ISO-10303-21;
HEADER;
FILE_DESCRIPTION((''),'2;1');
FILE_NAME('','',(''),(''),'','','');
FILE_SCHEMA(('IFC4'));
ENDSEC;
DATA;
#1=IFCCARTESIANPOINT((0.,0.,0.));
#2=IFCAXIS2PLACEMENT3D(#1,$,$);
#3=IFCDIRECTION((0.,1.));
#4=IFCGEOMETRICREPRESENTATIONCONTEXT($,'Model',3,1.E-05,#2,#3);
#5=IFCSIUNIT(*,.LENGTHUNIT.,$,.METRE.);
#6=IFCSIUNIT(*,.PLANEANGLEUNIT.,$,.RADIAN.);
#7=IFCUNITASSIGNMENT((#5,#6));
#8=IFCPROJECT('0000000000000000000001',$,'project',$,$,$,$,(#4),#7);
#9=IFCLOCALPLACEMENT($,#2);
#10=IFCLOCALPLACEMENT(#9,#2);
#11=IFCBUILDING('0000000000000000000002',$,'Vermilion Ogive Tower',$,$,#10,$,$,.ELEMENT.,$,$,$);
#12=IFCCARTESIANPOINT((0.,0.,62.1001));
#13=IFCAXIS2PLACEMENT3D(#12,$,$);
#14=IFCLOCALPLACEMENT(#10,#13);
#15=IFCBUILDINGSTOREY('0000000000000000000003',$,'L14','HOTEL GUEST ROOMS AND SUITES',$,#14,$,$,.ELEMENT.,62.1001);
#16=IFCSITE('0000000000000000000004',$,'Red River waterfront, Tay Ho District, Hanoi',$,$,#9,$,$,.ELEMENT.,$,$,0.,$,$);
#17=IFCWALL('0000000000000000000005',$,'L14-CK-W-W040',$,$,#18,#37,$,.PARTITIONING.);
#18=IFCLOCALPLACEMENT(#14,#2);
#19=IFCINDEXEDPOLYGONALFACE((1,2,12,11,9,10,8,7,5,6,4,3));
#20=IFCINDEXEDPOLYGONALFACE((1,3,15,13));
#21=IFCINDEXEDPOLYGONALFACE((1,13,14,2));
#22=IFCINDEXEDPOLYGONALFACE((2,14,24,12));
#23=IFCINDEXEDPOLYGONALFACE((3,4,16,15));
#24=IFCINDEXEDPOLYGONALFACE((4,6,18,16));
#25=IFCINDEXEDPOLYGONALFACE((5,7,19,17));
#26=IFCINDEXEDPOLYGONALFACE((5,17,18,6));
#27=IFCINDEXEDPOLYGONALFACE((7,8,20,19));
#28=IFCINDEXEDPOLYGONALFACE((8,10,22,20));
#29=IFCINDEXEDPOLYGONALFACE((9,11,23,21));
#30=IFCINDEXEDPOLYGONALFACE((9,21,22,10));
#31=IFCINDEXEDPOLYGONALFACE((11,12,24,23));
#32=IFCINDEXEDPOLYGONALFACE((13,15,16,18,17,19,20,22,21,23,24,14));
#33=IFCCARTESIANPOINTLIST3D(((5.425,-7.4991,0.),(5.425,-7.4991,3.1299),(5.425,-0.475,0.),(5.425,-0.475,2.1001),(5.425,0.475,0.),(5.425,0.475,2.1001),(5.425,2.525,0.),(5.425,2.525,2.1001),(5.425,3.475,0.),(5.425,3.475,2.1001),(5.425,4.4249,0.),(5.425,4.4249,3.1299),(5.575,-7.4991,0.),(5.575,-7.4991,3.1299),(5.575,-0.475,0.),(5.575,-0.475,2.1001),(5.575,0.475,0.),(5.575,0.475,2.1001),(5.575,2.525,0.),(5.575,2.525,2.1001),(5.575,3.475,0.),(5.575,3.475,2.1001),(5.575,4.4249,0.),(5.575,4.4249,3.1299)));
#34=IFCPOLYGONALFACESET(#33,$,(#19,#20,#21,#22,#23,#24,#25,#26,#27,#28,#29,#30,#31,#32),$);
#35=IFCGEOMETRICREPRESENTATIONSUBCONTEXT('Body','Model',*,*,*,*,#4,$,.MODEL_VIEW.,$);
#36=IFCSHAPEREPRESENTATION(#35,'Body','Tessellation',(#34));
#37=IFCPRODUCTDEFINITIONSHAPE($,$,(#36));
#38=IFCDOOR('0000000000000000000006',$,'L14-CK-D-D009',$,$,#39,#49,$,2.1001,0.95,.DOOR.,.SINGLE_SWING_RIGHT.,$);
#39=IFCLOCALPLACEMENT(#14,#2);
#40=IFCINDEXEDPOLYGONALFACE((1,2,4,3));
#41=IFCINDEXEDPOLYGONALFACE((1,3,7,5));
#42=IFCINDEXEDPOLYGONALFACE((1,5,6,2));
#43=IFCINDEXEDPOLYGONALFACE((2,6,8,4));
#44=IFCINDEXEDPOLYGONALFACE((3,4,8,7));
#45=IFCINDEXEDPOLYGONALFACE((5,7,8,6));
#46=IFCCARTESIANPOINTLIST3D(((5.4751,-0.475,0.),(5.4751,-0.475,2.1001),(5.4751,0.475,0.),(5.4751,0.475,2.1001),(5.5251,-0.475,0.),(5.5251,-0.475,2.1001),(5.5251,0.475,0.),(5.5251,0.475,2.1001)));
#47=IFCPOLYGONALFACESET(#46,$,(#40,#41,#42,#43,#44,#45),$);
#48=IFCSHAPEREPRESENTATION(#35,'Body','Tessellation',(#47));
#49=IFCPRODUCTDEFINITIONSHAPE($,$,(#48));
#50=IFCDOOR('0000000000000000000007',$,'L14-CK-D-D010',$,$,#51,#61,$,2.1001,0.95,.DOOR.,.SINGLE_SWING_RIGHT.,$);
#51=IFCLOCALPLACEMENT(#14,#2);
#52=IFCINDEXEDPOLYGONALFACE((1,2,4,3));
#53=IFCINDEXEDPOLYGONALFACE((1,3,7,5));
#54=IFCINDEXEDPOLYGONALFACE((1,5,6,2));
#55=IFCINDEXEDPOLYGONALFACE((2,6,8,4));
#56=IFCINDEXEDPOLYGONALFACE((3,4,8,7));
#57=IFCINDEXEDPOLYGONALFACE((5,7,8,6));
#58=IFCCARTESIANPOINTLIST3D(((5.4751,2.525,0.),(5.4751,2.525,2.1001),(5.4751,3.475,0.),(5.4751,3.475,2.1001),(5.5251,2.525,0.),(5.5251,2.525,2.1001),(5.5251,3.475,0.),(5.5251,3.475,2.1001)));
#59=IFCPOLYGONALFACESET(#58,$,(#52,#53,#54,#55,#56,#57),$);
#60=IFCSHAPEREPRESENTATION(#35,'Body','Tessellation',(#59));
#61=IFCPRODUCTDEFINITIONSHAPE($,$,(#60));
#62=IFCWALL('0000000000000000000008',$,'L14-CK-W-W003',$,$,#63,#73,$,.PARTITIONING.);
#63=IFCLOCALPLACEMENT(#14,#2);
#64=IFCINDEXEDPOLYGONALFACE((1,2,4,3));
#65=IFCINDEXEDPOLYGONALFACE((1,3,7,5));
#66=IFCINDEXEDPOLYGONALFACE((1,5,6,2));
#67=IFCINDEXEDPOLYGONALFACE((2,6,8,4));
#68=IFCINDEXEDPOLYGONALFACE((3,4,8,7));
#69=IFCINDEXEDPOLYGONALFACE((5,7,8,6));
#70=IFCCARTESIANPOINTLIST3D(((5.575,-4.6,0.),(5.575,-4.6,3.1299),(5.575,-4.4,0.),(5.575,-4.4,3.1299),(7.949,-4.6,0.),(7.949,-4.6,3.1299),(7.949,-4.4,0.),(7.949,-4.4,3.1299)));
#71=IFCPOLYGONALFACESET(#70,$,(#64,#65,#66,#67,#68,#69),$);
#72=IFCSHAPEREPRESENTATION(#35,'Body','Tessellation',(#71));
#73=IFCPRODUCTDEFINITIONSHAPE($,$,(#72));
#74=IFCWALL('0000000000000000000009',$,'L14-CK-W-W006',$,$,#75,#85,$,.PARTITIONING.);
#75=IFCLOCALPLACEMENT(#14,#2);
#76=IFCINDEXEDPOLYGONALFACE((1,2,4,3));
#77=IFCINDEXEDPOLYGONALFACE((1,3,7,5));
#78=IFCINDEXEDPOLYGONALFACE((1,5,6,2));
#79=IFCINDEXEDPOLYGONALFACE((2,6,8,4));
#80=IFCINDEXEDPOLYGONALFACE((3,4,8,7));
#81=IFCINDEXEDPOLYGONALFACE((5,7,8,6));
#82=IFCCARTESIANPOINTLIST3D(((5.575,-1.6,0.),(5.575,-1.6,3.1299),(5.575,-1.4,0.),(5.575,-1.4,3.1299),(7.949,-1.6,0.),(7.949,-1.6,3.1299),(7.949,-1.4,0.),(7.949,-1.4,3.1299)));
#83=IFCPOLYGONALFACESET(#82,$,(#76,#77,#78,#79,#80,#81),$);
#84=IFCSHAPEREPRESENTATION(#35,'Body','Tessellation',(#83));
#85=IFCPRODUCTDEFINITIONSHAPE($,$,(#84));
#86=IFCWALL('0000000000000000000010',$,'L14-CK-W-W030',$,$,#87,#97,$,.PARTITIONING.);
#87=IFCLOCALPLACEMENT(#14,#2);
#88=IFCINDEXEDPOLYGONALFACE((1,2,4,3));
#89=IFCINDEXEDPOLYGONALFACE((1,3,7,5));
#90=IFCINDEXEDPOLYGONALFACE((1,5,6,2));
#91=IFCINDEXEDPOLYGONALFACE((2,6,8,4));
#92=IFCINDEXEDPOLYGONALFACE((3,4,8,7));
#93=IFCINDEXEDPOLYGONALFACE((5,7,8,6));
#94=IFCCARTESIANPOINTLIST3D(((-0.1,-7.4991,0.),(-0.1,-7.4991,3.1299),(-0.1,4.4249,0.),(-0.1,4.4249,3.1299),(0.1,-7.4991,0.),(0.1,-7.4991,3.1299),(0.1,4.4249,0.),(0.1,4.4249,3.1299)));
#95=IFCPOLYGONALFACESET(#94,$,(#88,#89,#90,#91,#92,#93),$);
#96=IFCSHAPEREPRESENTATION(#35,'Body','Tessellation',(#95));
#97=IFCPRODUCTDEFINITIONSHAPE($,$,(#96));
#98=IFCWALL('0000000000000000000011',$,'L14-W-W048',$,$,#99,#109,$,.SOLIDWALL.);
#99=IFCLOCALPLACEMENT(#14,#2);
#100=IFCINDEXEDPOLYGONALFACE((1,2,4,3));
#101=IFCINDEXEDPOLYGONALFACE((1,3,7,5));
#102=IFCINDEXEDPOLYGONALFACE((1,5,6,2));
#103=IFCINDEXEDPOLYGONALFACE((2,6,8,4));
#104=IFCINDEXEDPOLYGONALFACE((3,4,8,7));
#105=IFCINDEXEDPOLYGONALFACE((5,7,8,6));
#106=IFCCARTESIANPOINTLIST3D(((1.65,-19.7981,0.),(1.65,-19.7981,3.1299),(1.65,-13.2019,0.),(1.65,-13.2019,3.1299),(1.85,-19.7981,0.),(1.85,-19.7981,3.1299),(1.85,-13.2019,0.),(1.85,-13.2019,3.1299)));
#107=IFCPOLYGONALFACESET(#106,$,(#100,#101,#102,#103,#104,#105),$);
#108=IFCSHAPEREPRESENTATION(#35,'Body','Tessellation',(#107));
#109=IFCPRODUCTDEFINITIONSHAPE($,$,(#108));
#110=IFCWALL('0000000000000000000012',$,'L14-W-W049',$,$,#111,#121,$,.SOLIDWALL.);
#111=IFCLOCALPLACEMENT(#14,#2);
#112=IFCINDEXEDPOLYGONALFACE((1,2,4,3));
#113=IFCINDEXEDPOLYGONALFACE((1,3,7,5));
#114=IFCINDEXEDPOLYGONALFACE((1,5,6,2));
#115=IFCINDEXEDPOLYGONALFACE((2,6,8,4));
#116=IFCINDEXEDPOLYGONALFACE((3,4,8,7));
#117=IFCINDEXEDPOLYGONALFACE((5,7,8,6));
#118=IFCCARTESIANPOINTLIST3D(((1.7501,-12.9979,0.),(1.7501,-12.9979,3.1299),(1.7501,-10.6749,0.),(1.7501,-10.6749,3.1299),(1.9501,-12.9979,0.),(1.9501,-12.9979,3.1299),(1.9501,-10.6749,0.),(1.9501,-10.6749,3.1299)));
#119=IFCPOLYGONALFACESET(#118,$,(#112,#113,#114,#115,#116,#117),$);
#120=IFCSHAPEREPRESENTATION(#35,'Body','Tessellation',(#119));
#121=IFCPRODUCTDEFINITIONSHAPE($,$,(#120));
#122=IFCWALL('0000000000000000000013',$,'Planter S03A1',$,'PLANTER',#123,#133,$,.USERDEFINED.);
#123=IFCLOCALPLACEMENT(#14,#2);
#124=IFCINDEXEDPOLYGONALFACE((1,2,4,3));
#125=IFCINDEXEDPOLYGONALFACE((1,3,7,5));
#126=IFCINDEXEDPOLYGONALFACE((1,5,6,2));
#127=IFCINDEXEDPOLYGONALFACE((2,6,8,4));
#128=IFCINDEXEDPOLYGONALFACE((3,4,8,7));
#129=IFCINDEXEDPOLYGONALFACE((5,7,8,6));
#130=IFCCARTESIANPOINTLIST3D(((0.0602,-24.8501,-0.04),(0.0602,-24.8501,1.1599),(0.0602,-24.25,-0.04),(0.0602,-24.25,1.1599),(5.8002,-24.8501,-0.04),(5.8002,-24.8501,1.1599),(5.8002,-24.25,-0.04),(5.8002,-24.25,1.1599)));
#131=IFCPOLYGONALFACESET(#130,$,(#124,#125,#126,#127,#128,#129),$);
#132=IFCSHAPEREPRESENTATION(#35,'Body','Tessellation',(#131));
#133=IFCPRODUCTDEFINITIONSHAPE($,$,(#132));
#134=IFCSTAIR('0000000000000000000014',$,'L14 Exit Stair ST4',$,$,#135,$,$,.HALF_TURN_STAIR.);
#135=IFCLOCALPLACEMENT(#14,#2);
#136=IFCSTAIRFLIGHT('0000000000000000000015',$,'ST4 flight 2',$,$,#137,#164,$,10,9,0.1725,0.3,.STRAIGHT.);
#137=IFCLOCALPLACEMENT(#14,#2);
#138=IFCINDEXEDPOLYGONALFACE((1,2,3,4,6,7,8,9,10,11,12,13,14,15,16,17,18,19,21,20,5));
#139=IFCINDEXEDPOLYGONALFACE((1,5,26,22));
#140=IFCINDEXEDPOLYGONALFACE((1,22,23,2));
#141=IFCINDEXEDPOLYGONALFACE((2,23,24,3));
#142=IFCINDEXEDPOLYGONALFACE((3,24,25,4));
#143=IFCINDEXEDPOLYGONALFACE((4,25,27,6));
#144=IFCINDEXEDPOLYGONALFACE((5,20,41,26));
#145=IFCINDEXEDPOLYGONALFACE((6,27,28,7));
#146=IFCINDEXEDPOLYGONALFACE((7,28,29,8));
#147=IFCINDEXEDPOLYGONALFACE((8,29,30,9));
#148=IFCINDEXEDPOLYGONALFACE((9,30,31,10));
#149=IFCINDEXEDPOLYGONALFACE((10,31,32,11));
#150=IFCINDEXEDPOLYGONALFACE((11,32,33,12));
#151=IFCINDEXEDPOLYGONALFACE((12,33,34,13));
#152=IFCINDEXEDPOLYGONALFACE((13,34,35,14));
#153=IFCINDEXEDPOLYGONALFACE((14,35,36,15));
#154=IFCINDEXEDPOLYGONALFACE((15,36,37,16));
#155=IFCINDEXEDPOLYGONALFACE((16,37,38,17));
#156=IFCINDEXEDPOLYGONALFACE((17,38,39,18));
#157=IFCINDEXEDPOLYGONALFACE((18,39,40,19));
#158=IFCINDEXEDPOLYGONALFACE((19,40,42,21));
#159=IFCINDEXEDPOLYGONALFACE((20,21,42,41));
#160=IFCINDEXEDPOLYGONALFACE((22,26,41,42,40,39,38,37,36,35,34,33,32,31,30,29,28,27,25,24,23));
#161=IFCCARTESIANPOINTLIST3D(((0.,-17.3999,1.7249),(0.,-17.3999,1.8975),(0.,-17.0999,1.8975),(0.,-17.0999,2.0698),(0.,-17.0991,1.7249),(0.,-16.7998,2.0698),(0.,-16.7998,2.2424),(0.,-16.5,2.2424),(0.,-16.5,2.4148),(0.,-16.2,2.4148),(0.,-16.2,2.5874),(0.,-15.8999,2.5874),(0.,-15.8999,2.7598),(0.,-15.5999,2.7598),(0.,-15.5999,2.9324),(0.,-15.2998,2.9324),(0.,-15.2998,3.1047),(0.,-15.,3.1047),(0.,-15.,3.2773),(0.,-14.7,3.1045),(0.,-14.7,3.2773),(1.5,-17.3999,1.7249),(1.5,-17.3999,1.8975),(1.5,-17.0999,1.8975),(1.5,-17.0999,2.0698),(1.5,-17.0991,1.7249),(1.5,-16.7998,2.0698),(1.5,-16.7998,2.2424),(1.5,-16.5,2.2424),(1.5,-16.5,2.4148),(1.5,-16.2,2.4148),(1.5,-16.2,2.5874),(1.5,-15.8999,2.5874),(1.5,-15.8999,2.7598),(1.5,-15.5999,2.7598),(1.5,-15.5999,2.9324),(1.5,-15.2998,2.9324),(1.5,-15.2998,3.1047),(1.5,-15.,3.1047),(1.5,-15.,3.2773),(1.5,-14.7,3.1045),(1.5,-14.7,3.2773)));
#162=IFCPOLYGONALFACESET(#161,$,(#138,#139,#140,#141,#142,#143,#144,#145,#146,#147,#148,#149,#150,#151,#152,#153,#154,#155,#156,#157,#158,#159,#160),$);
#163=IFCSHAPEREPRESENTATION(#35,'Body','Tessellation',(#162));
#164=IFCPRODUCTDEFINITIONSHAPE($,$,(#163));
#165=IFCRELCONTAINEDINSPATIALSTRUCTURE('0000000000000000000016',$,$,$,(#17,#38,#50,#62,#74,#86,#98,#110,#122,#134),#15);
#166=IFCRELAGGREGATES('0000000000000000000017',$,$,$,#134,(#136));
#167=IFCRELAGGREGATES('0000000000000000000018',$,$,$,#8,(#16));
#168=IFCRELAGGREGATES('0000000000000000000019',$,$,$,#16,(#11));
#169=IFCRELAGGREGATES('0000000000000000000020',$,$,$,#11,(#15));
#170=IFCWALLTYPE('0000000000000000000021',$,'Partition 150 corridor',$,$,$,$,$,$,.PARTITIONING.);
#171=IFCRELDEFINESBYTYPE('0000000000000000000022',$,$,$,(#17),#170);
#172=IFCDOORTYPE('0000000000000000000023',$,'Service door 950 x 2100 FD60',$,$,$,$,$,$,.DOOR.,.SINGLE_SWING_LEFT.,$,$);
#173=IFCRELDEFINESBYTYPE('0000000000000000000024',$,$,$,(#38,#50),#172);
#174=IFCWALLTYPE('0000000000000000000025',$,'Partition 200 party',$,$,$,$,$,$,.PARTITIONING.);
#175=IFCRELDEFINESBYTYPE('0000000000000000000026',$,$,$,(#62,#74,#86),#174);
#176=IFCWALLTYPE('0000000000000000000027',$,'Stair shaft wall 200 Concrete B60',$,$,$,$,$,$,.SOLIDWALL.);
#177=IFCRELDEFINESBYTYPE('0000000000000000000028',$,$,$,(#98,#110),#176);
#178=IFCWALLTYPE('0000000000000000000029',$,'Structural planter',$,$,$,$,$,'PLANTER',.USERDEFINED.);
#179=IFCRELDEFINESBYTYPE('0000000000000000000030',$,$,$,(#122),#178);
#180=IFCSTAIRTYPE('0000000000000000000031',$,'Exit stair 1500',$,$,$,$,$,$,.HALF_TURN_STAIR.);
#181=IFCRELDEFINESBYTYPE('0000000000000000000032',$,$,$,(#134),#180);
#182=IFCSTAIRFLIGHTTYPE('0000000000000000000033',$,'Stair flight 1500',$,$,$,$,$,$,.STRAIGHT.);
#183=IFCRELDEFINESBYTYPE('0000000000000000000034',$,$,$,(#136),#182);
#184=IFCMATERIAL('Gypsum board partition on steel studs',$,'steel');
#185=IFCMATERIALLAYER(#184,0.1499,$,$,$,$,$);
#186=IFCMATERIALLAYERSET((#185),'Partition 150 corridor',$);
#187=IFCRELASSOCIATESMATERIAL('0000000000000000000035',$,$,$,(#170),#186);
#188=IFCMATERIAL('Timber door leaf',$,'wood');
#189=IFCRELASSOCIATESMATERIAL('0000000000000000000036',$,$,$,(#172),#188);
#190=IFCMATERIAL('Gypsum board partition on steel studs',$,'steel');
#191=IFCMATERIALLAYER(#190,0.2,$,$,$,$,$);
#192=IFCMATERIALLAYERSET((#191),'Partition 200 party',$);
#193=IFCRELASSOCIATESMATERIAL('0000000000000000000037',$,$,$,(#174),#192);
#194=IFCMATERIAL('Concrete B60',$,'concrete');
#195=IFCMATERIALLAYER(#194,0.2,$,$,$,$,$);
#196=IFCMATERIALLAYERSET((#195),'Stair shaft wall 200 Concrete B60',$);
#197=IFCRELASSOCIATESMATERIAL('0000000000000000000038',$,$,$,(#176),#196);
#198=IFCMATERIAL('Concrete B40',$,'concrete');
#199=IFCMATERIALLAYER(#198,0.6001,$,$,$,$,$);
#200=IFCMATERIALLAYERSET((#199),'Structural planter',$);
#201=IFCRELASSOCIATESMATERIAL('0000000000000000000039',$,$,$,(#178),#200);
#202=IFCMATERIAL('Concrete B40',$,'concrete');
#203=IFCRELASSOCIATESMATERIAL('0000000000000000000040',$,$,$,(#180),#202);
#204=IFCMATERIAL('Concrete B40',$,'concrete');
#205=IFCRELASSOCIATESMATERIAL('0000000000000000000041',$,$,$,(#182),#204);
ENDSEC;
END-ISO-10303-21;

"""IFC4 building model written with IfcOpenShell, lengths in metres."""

from ifc_helpers import new_model, si_unit, direction, frame, frame_2d, origin, place, context, subcontext, project, spatial, polyline, rectangle, outline, extrude, material, layer, layer_set, type_object, element, fill, aggregate, save


model = new_model("IFC4")

# Units and contexts
model_context = context("Model", 3, precision=1e-05, world=origin(), true_north=direction((0.0, 1.0)))
body_context = subcontext(model_context, "Body", "Model", "MODEL_VIEW")
ifc_project = project(units=[si_unit("LENGTHUNIT", "METRE"), si_unit("PLANEANGLEUNIT", "RADIAN")], contexts=[model_context])

# Site, building, storey
site_placement = place(None, origin())
site = spatial("IfcSite", under=ifc_project, at=site_placement, Name="Red River waterfront, Tay Ho District, Hanoi", CompositionType="ELEMENT", RefElevation=0.0)
building_placement = place(site_placement, origin())
building = spatial("IfcBuilding", under=site, at=building_placement, Name="Vermilion Ogive Tower", CompositionType="ELEMENT")
storey_placement = place(building_placement, frame((0.0, 0.0, 62.1001)))
storey = spatial("IfcBuildingStorey", under=building, at=storey_placement, Name="L14", Description="HOTEL GUEST ROOMS AND SUITES", CompositionType="ELEMENT", Elevation=62.1001)

# Shared definitions
ifc_material_1 = material(Name="Gypsum board partition on steel studs", Category="steel")
ifc_layer_1 = layer(ifc_material_1, 0.1499)
ifc_layer_set_1 = layer_set([ifc_layer_1], Name="Partition 150 corridor")
wall_type_1 = type_object("IfcWallType", Name="Partition 150 corridor", PredefinedType="PARTITIONING", material=ifc_layer_set_1)

# Wall, openings, doors
wall_1_placement = place(storey_placement, frame((5.5, -7.499, 0.0), z_axis=(0.0, 0.0, 1.0), x_axis=(0.0, 1.0, 0.0)))
wall_1 = element("IfcWall", 1, at=wall_1_placement, inside=storey, type_object=wall_type_1, Name="L14-CK-W-W040", PredefinedType="PARTITIONING", context=body_context, shape_type="SweptSolid", body=[
    extrude(rectangle(XDim=11.9241, YDim=0.1499, at=frame_2d((5.9619, 0.0))), origin(), (0.0, 0.0, 1.0), 3.1299),
])
opening_1_placement = place(wall_1_placement, frame((7.0239, 0.0, 0.0)))
opening_1 = element("IfcOpeningElement", 2, at=opening_1_placement, cuts=wall_1, PredefinedType="OPENING", context=body_context, shape_type="SweptSolid", body=[
    extrude(rectangle(XDim=0.95, YDim=2.1001, at=frame_2d((0.4751, 1.05))), frame((0.0, 0.085, 0.0), z_axis=(0.0, -1.0, 0.0), x_axis=(1.0, 0.0, 0.0)), (0.0, 0.0, 1.0), 0.1699),
])
opening_2_placement = place(wall_1_placement, frame((10.0239, 0.0, 0.0)))
opening_2 = element("IfcOpeningElement", 3, at=opening_2_placement, cuts=wall_1, PredefinedType="OPENING", context=body_context, shape_type="SweptSolid", body=[
    extrude(rectangle(XDim=0.95, YDim=2.1001, at=frame_2d((0.4751, 1.05))), frame((0.0, 0.085, 0.0), z_axis=(0.0, -1.0, 0.0), x_axis=(1.0, 0.0, 0.0)), (0.0, 0.0, 1.0), 0.1699),
])
ifc_material_2 = material(Name="Timber door leaf", Category="wood")
door_type_1 = type_object("IfcDoorType", Name="Service door 950 x 2100 FD60", OperationType="SINGLE_SWING_LEFT", PredefinedType="DOOR", material=ifc_material_2)
door_1_placement = place(opening_1_placement, origin())
door_1 = element("IfcDoor", 4, at=door_1_placement, inside=storey, type_object=door_type_1, Name="L14-CK-D-D009", OperationType="SINGLE_SWING_RIGHT", OverallHeight=2.1001, OverallWidth=0.95, PredefinedType="DOOR", context=body_context, shape_type="SweptSolid", body=[
    extrude(rectangle(XDim=0.95, YDim=2.1001, at=frame_2d((0.4751, 1.05))), frame((0.0, 0.0249, 0.0), z_axis=(0.0, -1.0, 0.0), x_axis=(1.0, 0.0, 0.0)), (0.0, 0.0, 1.0), 0.05),
])
fill(opening_1, door_1)
door_2_placement = place(opening_2_placement, origin())
door_2 = element("IfcDoor", 5, at=door_2_placement, inside=storey, type_object=door_type_1, Name="L14-CK-D-D010", OperationType="SINGLE_SWING_RIGHT", OverallHeight=2.1001, OverallWidth=0.95, PredefinedType="DOOR", context=body_context, shape_type="SweptSolid", body=[
    extrude(rectangle(XDim=0.95, YDim=2.1001, at=frame_2d((0.4751, 1.05))), frame((0.0, 0.0249, 0.0), z_axis=(0.0, -1.0, 0.0), x_axis=(1.0, 0.0, 0.0)), (0.0, 0.0, 1.0), 0.05),
])
fill(opening_2, door_2)

# Walls
ifc_material_3 = material(Name="Gypsum board partition on steel studs", Category="steel")
ifc_layer_2 = layer(ifc_material_3, 0.2)
ifc_layer_set_2 = layer_set([ifc_layer_2], Name="Partition 200 party")
wall_type_2 = type_object("IfcWallType", Name="Partition 200 party", PredefinedType="PARTITIONING", material=ifc_layer_set_2)
for number, where, z_axis, x_axis, name in (
    (6, (5.575, -4.5, 0.0), (0.0, 0.0, 1.0), (1.0, 0.0, 0.0), "L14-CK-W-W003"),
    (7, (5.575, -1.5, 0.0), (0.0, 0.0, 1.0), (1.0, 0.0, 0.0), "L14-CK-W-W006"),
):
    element("IfcWall", number, at=place(storey_placement, frame(where, z_axis=z_axis, x_axis=x_axis)), inside=storey, type_object=wall_type_2, Name=name, PredefinedType="PARTITIONING", context=body_context, shape_type="SweptSolid", body=[
        extrude(rectangle(XDim=2.374, YDim=0.2, at=frame_2d((1.187, 0.0))), origin(), (0.0, 0.0, 1.0), 3.1299),
    ])
wall_2_placement = place(storey_placement, frame((0.0, -7.499, 0.0), z_axis=(0.0, 0.0, 1.0), x_axis=(0.0, 1.0, 0.0)))
element("IfcWall", 8, at=wall_2_placement, inside=storey, type_object=wall_type_2, Name="L14-CK-W-W030", PredefinedType="PARTITIONING", context=body_context, shape_type="SweptSolid", body=[
    extrude(rectangle(XDim=11.9241, YDim=0.2, at=frame_2d((5.9619, 0.0))), origin(), (0.0, 0.0, 1.0), 3.1299),
])
ifc_material_4 = material(Name="Concrete B60", Category="concrete")
ifc_layer_3 = layer(ifc_material_4, 0.2)
ifc_layer_set_3 = layer_set([ifc_layer_3], Name="Stair shaft wall 200 Concrete B60")
wall_type_3 = type_object("IfcWallType", Name="Stair shaft wall 200 Concrete B60", PredefinedType="SOLIDWALL", material=ifc_layer_set_3)
wall_3_placement = place(storey_placement, frame((1.75, -19.7981, 0.0), z_axis=(0.0, 0.0, 1.0), x_axis=(0.0, 1.0, 0.0)))
element("IfcWall", 9, at=wall_3_placement, inside=storey, type_object=wall_type_3, Name="L14-W-W048", PredefinedType="SOLIDWALL", context=body_context, shape_type="SweptSolid", body=[
    extrude(rectangle(XDim=6.5962, YDim=0.2, at=frame_2d((3.2981, 0.0))), origin(), (0.0, 0.0, 1.0), 3.1299),
])
wall_4_placement = place(storey_placement, frame((1.8501, -12.998, 0.0), z_axis=(0.0, 0.0, 1.0), x_axis=(0.0, 1.0, 0.0)))
element("IfcWall", 10, at=wall_4_placement, inside=storey, type_object=wall_type_3, Name="L14-W-W049", PredefinedType="SOLIDWALL", context=body_context, shape_type="SweptSolid", body=[
    extrude(rectangle(XDim=2.323, YDim=0.2, at=frame_2d((1.1616, 0.0))), origin(), (0.0, 0.0, 1.0), 3.1299),
])
ifc_material_5 = material(Name="Concrete B40", Category="concrete")
ifc_layer_4 = layer(ifc_material_5, 0.6001)
ifc_layer_set_4 = layer_set([ifc_layer_4], Name="Structural planter")
wall_type_4 = type_object("IfcWallType", Name="Structural planter", ElementType="PLANTER", PredefinedType="USERDEFINED", material=ifc_layer_set_4)
wall_5_placement = place(storey_placement, frame((0.0601, -24.55, -0.04), z_axis=(0.0, 0.0, 1.0), x_axis=(1.0, 0.0, 0.0)))
element("IfcWall", 11, at=wall_5_placement, inside=storey, type_object=wall_type_4, Name="Planter S03A1", ObjectType="PLANTER", PredefinedType="USERDEFINED", context=body_context, shape_type="SweptSolid", body=[
    extrude(rectangle(XDim=5.74, YDim=0.6001, at=frame_2d((2.8701, 0.0))), origin(), (0.0, 0.0, 1.0), 1.2),
])

# Stair, stair flight
ifc_material_6 = material(Name="Concrete B40", Category="concrete")
stair_type = type_object("IfcStairType", Name="Exit stair 1500", PredefinedType="HALF_TURN_STAIR", material=ifc_material_6)
stair_placement = place(storey_placement, origin())
stair = element("IfcStair", 12, at=stair_placement, inside=storey, type_object=stair_type, Name="L14 Exit Stair ST4", PredefinedType="HALF_TURN_STAIR")
ifc_material_7 = material(Name="Concrete B40", Category="concrete")
stair_flight_type = type_object("IfcStairFlightType", Name="Stair flight 1500", PredefinedType="STRAIGHT", material=ifc_material_7)
stair_flight_placement = place(storey_placement, frame((0.75, -17.3999, 1.7249), z_axis=(0.0, 0.0, 1.0), x_axis=(0.0, 1.0, 0.0)))
stair_flight = element("IfcStairFlight", 13, at=stair_flight_placement, type_object=stair_flight_type, Name="ST4 flight 2", NumberOfRisers=10, NumberOfTreads=9, PredefinedType="STRAIGHT", RiserHeight=0.1725, TreadLength=0.3, context=body_context, shape_type="SweptSolid", body=[
    extrude(outline(polyline([(0.0, 0.0), (0.0, 0.1726), (0.3, 0.1726), (0.3, 0.345), (0.6001, 0.345), (0.6001, 0.5176), (0.8999, 0.5176), (0.8999, 0.6899), (1.2, 0.6899), (1.2, 0.8625), (1.5, 0.8625), (1.5, 1.0349), (1.8, 1.0349), (1.8, 1.2075), (2.1001, 1.2075), (2.1001, 1.3799), (2.3999, 1.3799), (2.3999, 1.5525), (2.7, 1.5525), (2.7, 1.7251), (2.7, 1.3796), (0.3008, 0.0), (0.0, 0.0)])), frame((0.0, 0.75, 0.0), z_axis=(0.0, -1.0, 0.0), x_axis=(1.0, 0.0, 0.0)), (0.0, 0.0, 1.0), 1.5),
])
aggregate(stair, [stair_flight])

save(model, "model.ifc")
